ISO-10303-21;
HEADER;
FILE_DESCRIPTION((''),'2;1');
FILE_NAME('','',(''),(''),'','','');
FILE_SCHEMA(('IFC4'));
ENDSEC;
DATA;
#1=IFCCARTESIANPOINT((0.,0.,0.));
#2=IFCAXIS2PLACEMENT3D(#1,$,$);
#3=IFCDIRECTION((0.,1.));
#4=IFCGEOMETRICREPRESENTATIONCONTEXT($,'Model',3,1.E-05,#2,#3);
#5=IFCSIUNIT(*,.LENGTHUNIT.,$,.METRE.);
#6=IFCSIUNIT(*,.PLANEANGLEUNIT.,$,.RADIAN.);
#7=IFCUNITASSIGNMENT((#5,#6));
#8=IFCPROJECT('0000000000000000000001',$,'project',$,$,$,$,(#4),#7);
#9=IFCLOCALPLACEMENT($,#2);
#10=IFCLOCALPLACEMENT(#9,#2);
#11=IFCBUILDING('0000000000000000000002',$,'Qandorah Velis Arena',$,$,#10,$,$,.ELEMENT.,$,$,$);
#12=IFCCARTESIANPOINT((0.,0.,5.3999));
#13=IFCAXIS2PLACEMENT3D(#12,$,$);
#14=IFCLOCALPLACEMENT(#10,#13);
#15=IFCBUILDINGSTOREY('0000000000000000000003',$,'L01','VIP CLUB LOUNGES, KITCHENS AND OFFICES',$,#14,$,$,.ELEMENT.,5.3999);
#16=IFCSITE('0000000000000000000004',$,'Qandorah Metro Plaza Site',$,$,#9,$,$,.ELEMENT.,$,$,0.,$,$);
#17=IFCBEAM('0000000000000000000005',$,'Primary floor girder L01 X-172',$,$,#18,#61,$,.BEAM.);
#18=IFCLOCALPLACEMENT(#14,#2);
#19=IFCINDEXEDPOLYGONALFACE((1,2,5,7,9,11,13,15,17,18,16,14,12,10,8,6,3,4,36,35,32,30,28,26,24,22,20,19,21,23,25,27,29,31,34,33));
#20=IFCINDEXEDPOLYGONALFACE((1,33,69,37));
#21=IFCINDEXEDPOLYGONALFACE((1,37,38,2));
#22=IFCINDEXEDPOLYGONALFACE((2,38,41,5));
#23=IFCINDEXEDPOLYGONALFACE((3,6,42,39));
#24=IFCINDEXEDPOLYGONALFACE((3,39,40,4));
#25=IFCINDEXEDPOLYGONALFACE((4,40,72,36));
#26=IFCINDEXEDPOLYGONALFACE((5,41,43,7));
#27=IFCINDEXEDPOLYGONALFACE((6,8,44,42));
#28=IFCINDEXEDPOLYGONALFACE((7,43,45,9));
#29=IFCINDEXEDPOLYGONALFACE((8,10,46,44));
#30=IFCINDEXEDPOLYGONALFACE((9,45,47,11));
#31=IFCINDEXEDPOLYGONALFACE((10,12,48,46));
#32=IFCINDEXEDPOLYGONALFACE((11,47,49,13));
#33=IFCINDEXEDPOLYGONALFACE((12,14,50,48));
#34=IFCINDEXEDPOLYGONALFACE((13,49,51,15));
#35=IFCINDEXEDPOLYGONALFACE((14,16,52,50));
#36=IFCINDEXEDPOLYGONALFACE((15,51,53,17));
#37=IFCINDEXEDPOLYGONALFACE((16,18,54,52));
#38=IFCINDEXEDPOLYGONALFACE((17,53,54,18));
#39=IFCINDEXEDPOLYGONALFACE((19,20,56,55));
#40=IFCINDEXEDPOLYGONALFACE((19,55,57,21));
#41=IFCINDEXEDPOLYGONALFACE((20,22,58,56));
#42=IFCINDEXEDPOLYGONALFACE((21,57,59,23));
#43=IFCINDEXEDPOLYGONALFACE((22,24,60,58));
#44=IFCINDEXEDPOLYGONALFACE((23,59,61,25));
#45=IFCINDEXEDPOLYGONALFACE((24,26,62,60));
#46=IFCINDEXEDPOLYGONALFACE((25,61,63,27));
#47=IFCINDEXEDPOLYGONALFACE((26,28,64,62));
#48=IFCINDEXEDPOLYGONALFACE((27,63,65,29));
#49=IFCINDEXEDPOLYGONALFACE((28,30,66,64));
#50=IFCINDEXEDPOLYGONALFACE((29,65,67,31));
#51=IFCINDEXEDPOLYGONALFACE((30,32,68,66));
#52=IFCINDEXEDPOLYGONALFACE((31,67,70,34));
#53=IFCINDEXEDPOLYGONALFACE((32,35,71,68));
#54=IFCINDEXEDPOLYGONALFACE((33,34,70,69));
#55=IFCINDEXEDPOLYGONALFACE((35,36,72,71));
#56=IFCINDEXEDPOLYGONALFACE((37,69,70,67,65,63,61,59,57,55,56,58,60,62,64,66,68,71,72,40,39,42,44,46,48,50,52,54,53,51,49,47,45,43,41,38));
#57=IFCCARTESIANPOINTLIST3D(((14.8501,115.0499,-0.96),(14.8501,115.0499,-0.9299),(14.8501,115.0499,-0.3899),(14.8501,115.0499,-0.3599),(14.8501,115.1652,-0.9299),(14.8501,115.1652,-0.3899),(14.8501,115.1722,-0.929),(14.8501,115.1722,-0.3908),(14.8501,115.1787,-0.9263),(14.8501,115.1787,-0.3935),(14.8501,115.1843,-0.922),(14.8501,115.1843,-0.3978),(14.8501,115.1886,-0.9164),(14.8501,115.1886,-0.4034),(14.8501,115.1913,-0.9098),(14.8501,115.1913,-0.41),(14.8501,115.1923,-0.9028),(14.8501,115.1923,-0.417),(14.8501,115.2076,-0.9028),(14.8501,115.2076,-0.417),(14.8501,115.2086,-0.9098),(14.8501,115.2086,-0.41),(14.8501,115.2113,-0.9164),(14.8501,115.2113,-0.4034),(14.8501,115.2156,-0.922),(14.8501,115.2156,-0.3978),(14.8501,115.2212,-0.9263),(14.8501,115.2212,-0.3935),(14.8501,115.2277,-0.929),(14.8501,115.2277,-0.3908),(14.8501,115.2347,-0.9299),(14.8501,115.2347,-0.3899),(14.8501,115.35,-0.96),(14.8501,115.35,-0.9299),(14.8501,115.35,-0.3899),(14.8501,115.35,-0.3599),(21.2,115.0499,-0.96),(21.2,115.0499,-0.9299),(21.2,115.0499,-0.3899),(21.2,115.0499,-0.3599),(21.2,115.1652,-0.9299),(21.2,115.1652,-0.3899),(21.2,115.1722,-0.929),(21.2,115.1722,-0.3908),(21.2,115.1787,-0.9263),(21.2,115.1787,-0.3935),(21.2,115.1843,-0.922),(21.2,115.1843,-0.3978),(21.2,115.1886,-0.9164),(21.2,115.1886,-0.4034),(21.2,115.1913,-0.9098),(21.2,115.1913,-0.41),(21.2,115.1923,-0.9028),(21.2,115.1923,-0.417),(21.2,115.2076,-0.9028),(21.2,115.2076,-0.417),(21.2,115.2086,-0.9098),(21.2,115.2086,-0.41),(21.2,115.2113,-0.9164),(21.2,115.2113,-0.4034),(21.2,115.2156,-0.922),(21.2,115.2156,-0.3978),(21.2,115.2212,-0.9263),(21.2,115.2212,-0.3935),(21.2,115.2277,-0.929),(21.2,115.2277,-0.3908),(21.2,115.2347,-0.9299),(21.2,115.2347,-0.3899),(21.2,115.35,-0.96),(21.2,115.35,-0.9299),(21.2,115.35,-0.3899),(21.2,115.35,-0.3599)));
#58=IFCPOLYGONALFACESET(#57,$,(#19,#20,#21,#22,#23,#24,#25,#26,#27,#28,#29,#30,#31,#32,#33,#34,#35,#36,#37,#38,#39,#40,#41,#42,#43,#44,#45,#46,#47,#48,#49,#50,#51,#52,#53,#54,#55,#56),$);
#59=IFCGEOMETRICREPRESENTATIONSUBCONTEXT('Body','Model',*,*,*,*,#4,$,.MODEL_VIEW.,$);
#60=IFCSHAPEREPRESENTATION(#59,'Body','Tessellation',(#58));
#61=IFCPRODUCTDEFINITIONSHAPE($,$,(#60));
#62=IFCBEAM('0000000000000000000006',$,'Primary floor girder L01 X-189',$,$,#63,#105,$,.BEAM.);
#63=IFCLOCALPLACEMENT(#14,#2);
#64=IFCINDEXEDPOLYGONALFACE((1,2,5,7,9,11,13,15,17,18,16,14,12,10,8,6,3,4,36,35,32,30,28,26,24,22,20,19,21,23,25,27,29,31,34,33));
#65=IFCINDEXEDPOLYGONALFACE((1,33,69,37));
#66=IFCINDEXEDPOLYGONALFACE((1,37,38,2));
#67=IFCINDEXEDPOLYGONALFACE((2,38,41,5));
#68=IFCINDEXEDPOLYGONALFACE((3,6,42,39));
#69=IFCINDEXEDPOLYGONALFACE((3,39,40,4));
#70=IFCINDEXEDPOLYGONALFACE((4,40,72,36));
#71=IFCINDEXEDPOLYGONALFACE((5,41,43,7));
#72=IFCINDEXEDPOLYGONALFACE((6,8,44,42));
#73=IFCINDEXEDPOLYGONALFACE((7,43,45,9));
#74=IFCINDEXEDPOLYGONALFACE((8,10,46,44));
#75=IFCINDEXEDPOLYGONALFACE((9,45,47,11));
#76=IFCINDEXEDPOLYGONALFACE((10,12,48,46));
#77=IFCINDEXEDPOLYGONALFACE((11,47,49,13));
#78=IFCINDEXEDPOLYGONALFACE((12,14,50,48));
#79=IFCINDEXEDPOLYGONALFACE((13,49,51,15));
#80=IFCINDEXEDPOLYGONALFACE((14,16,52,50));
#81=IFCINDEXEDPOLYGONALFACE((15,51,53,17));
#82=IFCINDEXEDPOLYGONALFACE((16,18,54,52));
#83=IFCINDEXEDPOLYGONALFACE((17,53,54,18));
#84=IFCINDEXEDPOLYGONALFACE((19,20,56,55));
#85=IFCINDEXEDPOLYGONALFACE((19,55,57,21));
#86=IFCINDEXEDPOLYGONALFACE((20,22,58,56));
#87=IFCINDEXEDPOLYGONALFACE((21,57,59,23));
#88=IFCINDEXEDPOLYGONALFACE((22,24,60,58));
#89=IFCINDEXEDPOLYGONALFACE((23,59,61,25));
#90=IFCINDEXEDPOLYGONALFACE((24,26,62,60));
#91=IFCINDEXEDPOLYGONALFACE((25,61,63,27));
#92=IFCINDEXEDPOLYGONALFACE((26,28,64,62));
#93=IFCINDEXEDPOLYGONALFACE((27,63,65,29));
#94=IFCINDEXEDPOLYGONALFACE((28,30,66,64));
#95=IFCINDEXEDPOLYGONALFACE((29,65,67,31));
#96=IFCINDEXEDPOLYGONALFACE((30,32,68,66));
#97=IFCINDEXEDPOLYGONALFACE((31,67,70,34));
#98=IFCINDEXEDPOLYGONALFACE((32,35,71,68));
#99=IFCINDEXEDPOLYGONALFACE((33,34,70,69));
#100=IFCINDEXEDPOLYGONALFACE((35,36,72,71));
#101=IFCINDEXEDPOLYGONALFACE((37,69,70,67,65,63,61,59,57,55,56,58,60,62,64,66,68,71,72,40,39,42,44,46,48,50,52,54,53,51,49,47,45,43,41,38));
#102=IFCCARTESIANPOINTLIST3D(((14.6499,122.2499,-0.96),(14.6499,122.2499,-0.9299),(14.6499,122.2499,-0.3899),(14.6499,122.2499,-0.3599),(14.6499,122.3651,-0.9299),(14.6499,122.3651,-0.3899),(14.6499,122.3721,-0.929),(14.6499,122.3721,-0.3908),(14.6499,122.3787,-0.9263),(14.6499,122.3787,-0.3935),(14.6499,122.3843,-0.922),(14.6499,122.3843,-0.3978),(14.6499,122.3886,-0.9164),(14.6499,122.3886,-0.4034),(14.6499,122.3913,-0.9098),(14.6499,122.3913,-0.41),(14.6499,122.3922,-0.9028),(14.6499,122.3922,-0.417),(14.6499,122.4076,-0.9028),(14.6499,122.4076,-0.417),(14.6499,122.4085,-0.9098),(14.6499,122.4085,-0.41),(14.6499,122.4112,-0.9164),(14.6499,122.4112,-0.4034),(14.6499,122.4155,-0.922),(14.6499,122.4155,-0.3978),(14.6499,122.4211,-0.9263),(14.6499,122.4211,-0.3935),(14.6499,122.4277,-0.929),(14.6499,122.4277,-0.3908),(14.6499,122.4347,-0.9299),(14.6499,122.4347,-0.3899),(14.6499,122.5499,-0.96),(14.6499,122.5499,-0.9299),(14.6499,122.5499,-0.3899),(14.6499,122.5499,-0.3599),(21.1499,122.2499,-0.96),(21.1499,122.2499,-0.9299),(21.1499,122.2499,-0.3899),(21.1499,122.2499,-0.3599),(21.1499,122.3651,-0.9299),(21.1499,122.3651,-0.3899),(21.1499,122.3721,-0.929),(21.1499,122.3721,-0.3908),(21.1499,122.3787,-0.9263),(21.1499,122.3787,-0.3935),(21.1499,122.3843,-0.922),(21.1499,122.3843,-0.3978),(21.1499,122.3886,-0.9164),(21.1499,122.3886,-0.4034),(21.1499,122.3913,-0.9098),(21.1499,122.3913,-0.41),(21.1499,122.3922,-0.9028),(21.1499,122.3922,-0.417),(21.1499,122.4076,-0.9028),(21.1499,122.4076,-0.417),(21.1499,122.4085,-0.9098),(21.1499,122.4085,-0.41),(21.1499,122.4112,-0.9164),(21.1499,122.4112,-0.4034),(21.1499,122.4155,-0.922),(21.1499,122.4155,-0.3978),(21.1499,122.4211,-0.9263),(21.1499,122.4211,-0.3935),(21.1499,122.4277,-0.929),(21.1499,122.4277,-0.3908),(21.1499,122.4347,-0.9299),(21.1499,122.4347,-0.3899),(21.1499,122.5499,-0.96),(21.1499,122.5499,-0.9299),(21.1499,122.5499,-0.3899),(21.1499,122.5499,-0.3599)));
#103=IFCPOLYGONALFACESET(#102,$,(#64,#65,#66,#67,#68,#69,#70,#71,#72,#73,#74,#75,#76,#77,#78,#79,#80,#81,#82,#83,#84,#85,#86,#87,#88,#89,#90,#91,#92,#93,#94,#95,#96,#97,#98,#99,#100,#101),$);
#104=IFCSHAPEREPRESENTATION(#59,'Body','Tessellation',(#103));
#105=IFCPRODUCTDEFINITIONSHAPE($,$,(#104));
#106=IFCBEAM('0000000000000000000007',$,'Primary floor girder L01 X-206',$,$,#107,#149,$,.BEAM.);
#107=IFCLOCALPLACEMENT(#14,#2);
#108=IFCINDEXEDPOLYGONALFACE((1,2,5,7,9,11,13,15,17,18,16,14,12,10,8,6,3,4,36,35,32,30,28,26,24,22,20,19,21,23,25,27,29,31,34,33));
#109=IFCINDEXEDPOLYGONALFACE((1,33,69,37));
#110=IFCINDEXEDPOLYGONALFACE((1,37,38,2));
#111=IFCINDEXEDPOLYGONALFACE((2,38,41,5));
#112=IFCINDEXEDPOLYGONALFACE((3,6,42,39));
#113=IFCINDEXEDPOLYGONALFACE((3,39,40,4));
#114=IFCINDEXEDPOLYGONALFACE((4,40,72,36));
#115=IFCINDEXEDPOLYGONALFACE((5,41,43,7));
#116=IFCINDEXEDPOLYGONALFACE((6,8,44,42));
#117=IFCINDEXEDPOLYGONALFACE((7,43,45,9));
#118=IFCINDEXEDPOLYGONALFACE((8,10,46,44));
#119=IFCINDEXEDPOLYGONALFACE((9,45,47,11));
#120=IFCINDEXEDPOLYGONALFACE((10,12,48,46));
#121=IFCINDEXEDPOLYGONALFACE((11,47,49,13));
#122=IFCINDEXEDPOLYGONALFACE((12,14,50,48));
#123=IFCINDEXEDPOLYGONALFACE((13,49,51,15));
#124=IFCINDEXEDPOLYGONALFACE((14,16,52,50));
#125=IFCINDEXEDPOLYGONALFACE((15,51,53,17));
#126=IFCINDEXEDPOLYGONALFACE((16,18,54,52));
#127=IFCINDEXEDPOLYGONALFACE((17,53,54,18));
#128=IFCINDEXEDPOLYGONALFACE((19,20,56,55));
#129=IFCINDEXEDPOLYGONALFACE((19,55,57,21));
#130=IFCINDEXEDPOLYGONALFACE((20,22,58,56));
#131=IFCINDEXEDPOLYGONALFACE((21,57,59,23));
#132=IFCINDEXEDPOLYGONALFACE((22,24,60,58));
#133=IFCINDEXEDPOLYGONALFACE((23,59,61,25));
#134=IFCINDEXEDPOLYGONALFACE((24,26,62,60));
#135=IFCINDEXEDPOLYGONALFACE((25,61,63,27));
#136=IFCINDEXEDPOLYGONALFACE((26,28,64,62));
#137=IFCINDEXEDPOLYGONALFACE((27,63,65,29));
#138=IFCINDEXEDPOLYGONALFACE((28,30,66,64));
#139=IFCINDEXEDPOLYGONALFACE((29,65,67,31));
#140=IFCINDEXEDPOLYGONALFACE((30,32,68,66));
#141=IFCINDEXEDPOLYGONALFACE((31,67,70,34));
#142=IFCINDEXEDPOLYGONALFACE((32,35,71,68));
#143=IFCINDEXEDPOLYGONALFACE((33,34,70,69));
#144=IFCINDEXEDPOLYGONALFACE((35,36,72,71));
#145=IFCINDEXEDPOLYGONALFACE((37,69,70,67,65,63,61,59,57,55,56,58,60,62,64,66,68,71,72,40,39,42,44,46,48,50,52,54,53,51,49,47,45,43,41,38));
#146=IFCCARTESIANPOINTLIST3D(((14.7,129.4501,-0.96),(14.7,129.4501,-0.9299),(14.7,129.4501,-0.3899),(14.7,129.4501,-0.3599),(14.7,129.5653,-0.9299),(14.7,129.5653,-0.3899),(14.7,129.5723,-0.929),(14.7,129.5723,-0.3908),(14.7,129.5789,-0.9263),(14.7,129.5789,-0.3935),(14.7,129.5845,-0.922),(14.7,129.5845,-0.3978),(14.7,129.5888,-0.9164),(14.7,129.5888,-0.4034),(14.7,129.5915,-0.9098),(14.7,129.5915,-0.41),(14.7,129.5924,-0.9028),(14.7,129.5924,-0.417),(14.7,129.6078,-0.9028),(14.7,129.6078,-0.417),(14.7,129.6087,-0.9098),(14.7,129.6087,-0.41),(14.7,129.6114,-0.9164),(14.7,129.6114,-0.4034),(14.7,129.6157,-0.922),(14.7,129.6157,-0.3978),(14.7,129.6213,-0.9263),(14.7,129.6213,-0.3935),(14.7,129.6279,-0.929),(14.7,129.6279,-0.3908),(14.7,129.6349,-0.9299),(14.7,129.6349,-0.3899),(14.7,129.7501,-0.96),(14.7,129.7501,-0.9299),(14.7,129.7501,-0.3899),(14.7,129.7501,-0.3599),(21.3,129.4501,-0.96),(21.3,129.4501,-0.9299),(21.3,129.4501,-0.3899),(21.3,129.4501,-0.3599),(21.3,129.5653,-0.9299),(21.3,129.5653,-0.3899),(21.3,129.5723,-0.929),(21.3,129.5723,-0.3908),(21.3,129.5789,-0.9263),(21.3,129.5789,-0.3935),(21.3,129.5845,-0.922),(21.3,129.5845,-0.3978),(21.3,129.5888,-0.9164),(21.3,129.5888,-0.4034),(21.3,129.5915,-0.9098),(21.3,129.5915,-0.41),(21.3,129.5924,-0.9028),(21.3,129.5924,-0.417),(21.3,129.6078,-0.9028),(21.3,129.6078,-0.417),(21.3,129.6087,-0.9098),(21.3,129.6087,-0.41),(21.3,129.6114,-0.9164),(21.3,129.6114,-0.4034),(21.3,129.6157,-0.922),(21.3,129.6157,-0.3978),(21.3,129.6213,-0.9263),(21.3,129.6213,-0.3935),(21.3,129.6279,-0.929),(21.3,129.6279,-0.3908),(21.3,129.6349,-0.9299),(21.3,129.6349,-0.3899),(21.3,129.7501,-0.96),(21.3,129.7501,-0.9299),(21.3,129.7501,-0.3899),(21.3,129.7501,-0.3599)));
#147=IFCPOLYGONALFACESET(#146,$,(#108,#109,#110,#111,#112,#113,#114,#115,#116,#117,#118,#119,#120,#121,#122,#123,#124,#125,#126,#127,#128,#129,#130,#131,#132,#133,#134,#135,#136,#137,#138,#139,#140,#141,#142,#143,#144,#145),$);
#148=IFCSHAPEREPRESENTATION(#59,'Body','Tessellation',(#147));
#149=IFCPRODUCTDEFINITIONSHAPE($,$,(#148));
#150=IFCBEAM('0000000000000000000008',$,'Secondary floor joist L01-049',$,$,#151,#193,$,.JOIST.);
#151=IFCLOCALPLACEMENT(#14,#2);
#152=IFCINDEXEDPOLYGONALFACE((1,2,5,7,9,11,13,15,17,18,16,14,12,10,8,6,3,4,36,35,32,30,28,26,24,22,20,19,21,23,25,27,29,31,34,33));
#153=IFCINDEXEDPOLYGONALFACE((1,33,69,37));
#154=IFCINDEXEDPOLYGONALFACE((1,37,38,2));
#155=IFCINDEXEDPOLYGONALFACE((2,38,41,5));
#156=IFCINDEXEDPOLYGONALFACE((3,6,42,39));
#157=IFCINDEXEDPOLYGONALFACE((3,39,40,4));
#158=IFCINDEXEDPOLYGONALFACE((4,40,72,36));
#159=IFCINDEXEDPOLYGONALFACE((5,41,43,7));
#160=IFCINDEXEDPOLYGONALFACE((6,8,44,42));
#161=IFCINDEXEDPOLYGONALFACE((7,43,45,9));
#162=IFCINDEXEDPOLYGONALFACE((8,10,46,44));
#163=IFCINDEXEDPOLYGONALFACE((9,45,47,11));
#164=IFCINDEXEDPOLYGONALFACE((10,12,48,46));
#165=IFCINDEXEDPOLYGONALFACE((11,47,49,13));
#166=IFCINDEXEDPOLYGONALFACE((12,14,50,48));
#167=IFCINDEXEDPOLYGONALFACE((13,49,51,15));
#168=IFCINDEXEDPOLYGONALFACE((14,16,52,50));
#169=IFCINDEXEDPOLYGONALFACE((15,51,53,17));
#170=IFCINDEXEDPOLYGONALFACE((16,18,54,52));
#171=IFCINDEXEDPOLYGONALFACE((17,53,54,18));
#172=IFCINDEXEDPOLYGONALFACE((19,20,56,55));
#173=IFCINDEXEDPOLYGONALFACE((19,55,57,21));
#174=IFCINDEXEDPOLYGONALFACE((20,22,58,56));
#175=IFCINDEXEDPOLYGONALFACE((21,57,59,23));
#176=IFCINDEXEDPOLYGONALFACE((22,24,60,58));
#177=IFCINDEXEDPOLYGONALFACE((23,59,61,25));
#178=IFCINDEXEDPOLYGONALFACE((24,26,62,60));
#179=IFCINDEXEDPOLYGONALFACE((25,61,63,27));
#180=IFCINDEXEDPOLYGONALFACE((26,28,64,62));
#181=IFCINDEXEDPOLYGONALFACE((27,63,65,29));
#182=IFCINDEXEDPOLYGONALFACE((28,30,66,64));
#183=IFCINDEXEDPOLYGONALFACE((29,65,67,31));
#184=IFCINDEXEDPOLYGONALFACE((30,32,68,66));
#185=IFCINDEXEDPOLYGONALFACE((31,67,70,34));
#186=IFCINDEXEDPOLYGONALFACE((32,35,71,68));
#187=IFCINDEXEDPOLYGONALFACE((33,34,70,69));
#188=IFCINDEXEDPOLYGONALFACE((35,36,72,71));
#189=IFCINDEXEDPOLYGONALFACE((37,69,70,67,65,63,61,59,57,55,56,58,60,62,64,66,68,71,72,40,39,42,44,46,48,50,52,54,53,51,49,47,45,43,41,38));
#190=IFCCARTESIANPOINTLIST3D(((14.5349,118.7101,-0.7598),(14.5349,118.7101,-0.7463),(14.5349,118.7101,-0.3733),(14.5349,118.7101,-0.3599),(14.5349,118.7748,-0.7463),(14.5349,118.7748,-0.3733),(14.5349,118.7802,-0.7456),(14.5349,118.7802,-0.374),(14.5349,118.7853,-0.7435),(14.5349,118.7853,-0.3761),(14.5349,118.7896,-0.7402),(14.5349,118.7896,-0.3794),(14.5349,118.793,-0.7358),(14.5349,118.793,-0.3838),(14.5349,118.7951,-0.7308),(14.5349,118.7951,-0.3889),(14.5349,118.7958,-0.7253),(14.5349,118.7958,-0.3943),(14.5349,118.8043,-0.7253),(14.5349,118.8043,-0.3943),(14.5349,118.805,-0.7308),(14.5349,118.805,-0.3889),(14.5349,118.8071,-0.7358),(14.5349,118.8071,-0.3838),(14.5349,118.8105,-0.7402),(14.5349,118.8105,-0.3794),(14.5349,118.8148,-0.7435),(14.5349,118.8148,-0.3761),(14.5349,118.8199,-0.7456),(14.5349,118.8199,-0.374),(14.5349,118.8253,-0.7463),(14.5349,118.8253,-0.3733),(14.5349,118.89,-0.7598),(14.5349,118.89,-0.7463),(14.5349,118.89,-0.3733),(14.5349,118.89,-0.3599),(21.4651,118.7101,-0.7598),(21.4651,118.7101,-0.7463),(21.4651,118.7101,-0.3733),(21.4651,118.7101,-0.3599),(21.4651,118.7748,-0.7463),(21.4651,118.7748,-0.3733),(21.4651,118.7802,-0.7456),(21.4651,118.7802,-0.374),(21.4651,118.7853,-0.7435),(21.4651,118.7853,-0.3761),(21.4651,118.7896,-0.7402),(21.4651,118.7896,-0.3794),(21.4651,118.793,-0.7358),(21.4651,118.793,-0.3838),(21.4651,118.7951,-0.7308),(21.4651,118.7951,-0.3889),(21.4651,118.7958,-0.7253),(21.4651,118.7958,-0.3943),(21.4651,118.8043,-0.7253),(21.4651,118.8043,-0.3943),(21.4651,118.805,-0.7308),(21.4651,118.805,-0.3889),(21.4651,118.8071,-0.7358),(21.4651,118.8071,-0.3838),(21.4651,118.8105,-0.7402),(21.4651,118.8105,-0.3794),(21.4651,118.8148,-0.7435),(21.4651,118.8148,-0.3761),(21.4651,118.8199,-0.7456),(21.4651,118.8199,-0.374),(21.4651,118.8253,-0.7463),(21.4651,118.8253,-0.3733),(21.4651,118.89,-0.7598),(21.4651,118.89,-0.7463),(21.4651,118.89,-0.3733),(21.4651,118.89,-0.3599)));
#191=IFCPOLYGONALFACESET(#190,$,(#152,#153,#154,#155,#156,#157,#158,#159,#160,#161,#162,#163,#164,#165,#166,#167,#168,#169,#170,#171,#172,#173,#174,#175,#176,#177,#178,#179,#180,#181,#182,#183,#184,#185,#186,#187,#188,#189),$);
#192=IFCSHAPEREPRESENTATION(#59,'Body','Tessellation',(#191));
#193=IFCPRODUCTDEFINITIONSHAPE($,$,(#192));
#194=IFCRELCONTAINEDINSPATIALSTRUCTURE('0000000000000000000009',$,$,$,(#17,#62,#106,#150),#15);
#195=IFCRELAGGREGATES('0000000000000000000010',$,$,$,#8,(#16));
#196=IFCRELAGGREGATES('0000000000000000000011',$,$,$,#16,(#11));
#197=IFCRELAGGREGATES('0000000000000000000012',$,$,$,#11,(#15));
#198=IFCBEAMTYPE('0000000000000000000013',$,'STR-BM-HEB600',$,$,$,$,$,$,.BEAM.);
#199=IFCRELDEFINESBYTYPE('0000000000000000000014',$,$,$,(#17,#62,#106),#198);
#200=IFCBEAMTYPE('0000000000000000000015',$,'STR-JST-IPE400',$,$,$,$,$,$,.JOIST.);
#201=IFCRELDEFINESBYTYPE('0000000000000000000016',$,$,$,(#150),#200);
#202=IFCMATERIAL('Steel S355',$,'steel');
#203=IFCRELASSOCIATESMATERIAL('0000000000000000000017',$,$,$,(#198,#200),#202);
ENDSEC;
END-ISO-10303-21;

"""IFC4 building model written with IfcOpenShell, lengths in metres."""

from ifc_helpers import new_model, si_unit, direction, frame, origin, origin_2d, place, context, subcontext, project, spatial, i_section, extrude, material, material_profile, profile_set, type_object, element, save


model = new_model("IFC4")

# Units and contexts
model_context = context("Model", 3, precision=1e-05, world=origin(), true_north=direction((0.0, 1.0)))
body_context = subcontext(model_context, "Body", "Model", "MODEL_VIEW")
ifc_project = project(units=[si_unit("LENGTHUNIT", "METRE"), si_unit("PLANEANGLEUNIT", "RADIAN")], contexts=[model_context])

# Site, building, storey
site_placement = place(None, origin())
site = spatial("IfcSite", under=ifc_project, at=site_placement, Name="Qandorah Metro Plaza Site", CompositionType="ELEMENT", RefElevation=0.0)
building_placement = place(site_placement, origin())
building = spatial("IfcBuilding", under=site, at=building_placement, Name="Qandorah Velis Arena", CompositionType="ELEMENT")
storey_placement = place(building_placement, frame((0.0, 0.0, 5.3999)))
storey = spatial("IfcBuildingStorey", under=building, at=storey_placement, Name="L01", Description="VIP CLUB LOUNGES, KITCHENS AND OFFICES", CompositionType="ELEMENT", Elevation=5.3999)

# Beams
ifc_material_1 = material(Name="Steel S355", Category="steel")
ifc_material_profile_1 = material_profile(ifc_material_1, i_section(OverallWidth=0.3, OverallDepth=0.6001, WebThickness=0.0154, FlangeThickness=0.03, FilletRadius=0.0271, at=origin_2d()), Name="HEB 600")
ifc_profile_set_1 = profile_set([ifc_material_profile_1], Name="Steel S355")
beam_type_1 = type_object("IfcBeamType", Name="STR-BM-HEB600", PredefinedType="BEAM", material=ifc_profile_set_1)
beam_1_placement = place(storey_placement, frame((14.8501, 115.2, -0.6599), z_axis=(1.0, 0.0, 0.0), x_axis=(0.0, 1.0, 0.0)))
element("IfcBeam", 1, at=beam_1_placement, inside=storey, type_object=beam_type_1, Name="Primary floor girder L01 X-172", PredefinedType="BEAM", context=body_context, shape_type="SweptSolid", body=[
    extrude(i_section(OverallWidth=0.3, OverallDepth=0.6001, WebThickness=0.0154, FlangeThickness=0.03, FilletRadius=0.0271, at=origin_2d()), origin(), (0.0, 0.0, 1.0), 6.3499),
])
beam_2_placement = place(storey_placement, frame((14.6499, 122.3999, -0.6599), z_axis=(1.0, 0.0, 0.0), x_axis=(0.0, 1.0, 0.0)))
element("IfcBeam", 2, at=beam_2_placement, inside=storey, type_object=beam_type_1, Name="Primary floor girder L01 X-189", PredefinedType="BEAM", context=body_context, shape_type="SweptSolid", body=[
    extrude(i_section(OverallWidth=0.3, OverallDepth=0.6001, WebThickness=0.0154, FlangeThickness=0.03, FilletRadius=0.0271, at=origin_2d()), origin(), (0.0, 0.0, 1.0), 6.5),
])
beam_3_placement = place(storey_placement, frame((14.7, 129.6001, -0.6599), z_axis=(1.0, 0.0, 0.0), x_axis=(0.0, 1.0, 0.0)))
element("IfcBeam", 3, at=beam_3_placement, inside=storey, type_object=beam_type_1, Name="Primary floor girder L01 X-206", PredefinedType="BEAM", context=body_context, shape_type="SweptSolid", body=[
    extrude(i_section(OverallWidth=0.3, OverallDepth=0.6001, WebThickness=0.0154, FlangeThickness=0.03, FilletRadius=0.0271, at=origin_2d()), origin(), (0.0, 0.0, 1.0), 6.6001),
])
ifc_material_profile_2 = material_profile(ifc_material_1, i_section(OverallWidth=0.1799, OverallDepth=0.3999, WebThickness=0.0085, FlangeThickness=0.0134, FilletRadius=0.021, at=origin_2d()), Name="IPE 400")
ifc_profile_set_2 = profile_set([ifc_material_profile_2], Name="Steel S355")
beam_type_2 = type_object("IfcBeamType", Name="STR-JST-IPE400", PredefinedType="JOIST", material=ifc_profile_set_2)
for number, where, z_axis, x_axis, name in (
    (4, (14.5349, 118.8, -0.5598), (1.0, 0.0, 0.0), (0.0, 1.0, 0.0), "Secondary floor joist L01-049"),
):
    element("IfcBeam", number, at=place(storey_placement, frame(where, z_axis=z_axis, x_axis=x_axis)), inside=storey, type_object=beam_type_2, Name=name, PredefinedType="JOIST", context=body_context, shape_type="SweptSolid", body=[
        extrude(i_section(OverallWidth=0.1799, OverallDepth=0.3999, WebThickness=0.0085, FlangeThickness=0.0134, FilletRadius=0.021, at=origin_2d()), origin(), (0.0, 0.0, 1.0), 6.9302),
    ])

save(model, "model.ifc")
